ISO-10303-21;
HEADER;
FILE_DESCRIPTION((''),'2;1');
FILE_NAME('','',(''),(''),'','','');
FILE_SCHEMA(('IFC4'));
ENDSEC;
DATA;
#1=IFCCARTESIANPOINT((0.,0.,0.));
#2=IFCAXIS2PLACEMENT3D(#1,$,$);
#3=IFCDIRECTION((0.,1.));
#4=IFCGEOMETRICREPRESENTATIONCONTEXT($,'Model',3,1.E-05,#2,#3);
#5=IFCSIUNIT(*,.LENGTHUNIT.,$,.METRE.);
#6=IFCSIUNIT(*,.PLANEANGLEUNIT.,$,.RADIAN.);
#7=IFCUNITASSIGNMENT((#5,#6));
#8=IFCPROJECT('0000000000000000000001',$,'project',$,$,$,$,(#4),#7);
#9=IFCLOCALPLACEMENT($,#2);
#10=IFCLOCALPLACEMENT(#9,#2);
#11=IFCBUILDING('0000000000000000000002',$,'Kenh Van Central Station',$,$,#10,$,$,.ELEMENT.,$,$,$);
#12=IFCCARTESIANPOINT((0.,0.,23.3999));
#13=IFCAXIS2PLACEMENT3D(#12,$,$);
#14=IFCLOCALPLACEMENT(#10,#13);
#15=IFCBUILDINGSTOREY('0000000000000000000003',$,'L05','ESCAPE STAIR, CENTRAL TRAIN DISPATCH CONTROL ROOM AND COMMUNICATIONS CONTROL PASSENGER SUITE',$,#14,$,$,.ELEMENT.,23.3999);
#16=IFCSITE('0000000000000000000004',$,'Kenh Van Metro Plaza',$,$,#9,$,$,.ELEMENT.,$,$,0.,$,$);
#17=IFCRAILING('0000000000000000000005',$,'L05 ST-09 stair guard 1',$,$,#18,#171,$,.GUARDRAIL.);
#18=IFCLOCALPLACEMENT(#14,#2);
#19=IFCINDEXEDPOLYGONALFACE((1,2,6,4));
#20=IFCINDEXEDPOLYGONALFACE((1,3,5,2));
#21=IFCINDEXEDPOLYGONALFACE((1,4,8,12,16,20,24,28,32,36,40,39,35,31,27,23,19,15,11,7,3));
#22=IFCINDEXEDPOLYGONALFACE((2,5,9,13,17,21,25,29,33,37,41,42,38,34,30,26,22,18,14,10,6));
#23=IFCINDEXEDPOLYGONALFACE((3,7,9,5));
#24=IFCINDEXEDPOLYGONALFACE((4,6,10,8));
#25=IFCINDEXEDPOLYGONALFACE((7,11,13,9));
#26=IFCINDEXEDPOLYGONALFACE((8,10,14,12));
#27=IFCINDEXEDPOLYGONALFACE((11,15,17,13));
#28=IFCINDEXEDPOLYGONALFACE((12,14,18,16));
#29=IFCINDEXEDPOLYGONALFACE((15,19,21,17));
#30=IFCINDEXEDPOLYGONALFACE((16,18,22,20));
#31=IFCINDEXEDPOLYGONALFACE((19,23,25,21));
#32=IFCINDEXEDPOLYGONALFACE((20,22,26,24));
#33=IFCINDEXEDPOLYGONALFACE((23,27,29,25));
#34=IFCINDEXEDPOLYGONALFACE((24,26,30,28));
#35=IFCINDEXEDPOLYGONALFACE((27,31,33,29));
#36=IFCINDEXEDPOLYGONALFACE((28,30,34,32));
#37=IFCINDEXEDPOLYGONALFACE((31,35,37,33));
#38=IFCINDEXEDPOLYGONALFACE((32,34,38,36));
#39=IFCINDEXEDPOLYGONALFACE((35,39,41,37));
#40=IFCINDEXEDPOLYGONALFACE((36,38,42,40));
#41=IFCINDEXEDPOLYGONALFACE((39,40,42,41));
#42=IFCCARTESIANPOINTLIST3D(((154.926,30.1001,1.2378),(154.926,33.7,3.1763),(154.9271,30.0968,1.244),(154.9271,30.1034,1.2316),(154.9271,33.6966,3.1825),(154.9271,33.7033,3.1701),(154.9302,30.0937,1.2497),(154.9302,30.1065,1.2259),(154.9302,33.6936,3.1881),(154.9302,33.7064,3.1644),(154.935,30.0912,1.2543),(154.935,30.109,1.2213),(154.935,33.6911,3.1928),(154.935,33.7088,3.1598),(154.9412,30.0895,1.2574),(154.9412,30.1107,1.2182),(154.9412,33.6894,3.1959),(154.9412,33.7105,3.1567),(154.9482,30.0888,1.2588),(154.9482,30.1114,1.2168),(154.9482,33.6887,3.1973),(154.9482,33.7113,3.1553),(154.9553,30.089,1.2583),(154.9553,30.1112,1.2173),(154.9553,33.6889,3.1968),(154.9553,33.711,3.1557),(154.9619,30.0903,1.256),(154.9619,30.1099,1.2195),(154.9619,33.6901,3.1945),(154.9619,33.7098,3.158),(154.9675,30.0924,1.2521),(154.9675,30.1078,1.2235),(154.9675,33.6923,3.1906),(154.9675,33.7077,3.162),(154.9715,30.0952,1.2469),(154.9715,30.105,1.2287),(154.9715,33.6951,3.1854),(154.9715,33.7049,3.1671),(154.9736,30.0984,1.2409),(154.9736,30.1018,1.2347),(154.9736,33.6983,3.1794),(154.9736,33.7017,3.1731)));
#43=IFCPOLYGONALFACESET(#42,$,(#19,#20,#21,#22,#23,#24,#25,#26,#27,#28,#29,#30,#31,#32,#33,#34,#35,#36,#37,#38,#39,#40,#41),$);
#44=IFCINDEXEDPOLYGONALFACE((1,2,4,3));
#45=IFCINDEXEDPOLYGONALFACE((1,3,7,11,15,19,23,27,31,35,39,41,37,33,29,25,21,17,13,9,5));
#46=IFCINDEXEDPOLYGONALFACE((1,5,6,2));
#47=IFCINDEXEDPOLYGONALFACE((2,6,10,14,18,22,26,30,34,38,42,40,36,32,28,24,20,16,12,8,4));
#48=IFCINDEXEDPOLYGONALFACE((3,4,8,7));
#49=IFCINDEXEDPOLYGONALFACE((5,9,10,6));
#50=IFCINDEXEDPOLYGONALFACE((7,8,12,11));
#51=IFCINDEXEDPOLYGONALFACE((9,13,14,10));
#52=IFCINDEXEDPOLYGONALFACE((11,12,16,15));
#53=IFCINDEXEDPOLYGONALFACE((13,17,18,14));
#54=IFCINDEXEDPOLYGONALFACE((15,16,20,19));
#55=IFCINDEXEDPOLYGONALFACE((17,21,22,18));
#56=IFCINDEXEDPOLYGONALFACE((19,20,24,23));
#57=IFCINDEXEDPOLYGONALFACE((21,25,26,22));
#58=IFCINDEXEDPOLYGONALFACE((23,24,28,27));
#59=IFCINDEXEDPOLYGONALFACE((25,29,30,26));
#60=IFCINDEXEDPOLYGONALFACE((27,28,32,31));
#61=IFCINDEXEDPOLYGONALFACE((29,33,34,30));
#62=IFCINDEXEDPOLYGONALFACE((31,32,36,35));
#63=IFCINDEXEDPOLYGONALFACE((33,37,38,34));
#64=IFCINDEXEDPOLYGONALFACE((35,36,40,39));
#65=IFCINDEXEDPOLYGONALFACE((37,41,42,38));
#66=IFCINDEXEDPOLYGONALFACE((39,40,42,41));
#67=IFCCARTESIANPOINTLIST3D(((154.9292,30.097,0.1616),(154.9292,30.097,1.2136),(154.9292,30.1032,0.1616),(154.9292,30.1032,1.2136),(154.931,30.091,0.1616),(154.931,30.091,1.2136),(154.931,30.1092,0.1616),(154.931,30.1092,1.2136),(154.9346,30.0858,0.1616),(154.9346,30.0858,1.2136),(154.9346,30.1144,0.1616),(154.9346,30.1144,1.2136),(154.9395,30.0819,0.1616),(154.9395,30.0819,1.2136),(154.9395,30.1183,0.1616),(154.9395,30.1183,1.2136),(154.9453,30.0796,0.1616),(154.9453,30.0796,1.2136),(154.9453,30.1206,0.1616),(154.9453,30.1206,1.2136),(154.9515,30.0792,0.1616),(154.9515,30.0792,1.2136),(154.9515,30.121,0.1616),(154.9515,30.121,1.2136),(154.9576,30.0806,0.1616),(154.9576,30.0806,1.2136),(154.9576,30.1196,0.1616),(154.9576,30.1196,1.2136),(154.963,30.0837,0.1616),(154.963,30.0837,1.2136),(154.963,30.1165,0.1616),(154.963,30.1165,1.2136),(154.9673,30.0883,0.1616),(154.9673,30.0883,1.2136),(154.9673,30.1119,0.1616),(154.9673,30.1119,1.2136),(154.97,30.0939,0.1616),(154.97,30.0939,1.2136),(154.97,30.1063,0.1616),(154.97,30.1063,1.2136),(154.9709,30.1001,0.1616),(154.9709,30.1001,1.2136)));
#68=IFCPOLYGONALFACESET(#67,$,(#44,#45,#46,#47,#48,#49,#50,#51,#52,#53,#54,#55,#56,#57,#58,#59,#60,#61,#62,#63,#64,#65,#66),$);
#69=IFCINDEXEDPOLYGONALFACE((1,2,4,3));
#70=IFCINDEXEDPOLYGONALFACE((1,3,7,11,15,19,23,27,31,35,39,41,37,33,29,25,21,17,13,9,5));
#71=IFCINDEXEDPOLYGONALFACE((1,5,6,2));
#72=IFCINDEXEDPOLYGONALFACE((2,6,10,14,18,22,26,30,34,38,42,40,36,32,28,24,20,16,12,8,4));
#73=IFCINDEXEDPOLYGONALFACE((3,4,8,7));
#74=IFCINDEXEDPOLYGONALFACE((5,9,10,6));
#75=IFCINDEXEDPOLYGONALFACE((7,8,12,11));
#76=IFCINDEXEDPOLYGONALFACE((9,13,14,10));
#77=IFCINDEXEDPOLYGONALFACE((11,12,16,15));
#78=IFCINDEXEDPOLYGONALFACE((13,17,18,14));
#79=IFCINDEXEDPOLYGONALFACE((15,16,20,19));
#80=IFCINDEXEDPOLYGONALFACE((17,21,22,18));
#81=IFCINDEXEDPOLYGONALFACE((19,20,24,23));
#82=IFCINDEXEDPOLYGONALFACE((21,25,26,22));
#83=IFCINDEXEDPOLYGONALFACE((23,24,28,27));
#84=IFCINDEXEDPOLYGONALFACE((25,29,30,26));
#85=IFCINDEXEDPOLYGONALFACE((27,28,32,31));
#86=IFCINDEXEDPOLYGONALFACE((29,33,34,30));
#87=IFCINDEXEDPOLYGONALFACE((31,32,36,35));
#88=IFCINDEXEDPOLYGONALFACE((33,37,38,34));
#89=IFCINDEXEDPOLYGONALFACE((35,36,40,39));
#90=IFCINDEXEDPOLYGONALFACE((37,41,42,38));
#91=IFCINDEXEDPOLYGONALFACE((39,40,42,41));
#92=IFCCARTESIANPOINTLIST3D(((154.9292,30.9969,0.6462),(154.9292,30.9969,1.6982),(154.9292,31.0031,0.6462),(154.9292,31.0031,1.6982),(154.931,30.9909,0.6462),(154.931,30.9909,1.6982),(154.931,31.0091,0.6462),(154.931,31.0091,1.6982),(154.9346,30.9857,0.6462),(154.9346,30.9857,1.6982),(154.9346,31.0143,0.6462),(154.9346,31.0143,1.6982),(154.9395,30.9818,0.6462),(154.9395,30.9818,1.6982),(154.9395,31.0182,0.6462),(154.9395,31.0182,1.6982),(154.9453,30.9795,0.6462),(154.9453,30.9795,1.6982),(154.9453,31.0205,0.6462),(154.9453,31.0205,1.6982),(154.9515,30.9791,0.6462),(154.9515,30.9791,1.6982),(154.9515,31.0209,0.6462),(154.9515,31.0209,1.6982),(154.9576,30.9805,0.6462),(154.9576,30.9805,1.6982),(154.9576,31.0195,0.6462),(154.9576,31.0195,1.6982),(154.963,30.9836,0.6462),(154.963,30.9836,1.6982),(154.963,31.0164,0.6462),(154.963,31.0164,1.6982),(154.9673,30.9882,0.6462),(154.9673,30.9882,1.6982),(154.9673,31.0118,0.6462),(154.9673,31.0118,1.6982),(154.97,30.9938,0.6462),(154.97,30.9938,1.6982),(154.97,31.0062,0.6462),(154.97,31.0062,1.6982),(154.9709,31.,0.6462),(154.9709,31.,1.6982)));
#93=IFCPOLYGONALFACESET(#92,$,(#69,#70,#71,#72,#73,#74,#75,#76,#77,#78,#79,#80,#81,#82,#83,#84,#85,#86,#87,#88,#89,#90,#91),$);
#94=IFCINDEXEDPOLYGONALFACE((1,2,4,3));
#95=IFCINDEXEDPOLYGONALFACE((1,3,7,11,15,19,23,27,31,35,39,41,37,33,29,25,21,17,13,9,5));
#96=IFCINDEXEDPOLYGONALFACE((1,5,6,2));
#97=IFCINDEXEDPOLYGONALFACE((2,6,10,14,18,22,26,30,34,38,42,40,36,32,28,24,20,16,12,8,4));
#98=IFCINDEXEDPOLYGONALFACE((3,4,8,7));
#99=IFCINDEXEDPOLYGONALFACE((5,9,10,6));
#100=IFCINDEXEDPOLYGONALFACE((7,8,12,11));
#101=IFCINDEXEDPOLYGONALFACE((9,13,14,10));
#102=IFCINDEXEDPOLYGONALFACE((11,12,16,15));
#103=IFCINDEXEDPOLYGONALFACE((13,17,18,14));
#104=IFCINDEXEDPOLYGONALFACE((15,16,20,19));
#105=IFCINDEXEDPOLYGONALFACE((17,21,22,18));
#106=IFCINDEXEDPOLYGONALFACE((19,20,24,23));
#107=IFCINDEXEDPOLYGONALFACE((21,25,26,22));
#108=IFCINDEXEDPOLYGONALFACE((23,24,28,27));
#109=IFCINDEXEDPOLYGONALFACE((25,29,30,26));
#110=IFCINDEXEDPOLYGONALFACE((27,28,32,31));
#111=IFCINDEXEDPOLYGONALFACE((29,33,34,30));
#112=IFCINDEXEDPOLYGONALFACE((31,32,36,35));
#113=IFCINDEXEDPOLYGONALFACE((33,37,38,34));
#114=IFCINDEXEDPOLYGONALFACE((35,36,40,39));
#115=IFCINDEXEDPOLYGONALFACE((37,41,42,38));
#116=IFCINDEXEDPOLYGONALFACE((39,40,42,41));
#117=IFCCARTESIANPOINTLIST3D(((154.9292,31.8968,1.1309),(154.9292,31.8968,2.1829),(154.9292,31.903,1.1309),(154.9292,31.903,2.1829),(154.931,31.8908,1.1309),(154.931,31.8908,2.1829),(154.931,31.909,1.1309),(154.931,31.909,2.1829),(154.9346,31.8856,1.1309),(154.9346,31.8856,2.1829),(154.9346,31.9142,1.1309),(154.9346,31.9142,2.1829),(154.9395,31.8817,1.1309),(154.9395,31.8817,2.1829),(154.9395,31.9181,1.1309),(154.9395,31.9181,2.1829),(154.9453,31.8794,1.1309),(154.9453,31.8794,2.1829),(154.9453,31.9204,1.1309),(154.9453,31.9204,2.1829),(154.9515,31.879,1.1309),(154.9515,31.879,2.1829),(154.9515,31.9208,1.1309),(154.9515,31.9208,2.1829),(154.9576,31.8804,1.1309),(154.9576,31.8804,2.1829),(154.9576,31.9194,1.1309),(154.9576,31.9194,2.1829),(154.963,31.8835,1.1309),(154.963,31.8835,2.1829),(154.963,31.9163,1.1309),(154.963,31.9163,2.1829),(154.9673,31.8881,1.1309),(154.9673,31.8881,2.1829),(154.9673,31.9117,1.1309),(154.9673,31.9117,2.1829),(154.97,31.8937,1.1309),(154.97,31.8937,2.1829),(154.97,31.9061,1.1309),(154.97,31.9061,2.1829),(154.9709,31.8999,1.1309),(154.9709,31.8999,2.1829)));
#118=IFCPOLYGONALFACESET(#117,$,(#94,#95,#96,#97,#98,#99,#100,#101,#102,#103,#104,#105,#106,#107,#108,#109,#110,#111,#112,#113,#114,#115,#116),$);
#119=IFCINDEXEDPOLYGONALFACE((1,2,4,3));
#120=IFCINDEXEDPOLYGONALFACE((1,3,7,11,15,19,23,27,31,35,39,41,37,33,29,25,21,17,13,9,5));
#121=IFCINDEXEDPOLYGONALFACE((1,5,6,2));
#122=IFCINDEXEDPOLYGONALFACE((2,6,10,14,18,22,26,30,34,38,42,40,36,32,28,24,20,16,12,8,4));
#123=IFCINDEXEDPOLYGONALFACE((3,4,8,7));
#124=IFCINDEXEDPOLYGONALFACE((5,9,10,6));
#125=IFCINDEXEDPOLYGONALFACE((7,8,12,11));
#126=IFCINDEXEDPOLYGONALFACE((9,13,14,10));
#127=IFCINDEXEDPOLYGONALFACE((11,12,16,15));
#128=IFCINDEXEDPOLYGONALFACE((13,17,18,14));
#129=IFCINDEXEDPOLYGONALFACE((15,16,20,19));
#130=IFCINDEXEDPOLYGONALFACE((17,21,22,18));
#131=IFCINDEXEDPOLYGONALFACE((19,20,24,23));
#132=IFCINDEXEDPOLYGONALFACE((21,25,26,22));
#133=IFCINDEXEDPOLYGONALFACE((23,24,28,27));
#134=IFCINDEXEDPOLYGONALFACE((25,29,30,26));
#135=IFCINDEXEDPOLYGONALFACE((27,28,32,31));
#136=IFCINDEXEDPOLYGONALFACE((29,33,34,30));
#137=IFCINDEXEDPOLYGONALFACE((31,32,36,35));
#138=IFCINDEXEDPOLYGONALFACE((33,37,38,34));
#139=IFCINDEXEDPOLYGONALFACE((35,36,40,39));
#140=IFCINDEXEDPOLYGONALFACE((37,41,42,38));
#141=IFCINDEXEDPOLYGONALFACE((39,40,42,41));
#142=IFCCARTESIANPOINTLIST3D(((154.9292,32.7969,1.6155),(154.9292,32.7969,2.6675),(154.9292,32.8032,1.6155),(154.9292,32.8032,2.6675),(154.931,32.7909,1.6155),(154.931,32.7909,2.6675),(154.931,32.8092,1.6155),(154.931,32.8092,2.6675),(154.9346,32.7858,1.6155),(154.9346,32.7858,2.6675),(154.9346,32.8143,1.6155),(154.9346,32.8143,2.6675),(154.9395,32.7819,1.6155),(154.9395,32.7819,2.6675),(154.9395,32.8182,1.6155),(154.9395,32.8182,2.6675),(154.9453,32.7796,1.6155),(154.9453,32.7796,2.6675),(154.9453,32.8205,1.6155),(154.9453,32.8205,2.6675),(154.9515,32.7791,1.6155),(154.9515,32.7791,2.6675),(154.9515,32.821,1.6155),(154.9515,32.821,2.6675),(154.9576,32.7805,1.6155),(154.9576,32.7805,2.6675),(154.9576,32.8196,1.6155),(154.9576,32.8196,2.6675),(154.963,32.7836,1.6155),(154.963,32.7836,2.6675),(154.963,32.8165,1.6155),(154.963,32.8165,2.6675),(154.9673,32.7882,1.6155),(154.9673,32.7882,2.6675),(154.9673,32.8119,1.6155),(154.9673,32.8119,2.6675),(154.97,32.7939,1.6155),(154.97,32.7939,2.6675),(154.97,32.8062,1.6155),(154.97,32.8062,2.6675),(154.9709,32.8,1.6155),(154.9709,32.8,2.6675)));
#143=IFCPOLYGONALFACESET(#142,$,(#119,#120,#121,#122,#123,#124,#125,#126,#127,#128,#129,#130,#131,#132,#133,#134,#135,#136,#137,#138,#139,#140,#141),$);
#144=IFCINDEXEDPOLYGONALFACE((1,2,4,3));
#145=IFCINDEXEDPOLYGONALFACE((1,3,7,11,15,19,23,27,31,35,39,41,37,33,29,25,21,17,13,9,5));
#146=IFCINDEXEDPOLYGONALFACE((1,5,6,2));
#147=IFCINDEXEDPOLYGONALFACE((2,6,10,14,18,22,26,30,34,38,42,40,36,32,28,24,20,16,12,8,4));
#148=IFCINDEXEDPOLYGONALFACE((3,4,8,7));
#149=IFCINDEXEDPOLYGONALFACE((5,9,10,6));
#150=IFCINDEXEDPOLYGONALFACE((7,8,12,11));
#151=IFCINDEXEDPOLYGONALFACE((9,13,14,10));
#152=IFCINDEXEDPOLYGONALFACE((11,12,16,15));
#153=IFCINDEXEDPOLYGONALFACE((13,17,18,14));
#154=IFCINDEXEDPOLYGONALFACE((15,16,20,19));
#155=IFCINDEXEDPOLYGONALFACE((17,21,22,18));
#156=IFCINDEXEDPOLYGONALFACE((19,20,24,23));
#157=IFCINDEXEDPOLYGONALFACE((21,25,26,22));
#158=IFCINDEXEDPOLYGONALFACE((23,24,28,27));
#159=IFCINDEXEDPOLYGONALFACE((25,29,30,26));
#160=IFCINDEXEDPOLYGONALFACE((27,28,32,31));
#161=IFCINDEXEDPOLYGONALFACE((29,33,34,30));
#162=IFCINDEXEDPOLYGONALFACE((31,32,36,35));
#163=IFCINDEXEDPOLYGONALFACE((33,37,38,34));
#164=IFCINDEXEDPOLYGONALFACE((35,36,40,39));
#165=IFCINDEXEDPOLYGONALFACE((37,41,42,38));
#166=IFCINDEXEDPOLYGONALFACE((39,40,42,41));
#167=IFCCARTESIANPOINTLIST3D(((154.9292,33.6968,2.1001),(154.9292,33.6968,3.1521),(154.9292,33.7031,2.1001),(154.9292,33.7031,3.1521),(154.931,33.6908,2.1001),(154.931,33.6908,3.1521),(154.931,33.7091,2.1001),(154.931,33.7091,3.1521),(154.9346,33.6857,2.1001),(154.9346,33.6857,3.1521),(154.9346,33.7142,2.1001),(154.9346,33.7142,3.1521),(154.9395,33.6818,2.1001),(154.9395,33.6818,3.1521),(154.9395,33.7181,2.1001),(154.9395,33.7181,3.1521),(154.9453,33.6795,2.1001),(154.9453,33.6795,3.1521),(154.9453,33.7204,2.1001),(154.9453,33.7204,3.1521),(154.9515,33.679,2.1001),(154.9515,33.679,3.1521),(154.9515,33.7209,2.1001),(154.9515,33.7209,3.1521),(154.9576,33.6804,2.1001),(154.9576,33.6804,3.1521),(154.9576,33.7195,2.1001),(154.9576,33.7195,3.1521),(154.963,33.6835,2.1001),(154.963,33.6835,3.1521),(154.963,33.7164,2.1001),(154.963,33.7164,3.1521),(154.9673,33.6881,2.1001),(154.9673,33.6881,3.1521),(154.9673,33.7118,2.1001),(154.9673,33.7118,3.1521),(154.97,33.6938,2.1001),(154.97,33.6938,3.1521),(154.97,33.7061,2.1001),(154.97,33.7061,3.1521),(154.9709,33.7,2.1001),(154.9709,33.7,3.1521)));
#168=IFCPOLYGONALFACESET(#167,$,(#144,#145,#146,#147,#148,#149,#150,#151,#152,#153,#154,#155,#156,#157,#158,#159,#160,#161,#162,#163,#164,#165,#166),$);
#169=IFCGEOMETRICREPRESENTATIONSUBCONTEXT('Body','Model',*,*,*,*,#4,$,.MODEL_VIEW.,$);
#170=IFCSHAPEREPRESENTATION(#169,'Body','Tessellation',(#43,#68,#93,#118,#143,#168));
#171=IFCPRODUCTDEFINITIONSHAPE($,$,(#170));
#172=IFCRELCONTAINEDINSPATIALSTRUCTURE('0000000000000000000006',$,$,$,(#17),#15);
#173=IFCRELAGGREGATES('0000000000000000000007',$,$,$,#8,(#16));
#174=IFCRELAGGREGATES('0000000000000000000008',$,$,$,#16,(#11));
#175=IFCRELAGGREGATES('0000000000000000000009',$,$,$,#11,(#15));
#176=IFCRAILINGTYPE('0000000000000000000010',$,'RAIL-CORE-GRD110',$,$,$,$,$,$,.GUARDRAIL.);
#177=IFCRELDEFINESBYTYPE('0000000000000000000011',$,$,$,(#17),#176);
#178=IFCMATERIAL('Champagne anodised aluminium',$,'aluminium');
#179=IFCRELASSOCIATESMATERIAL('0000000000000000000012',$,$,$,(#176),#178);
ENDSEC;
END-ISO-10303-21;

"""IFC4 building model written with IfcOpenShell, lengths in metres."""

from ifc_helpers import new_model, si_unit, direction, frame, origin, origin_2d, place, context, subcontext, project, spatial, circle, extrude, material, type_object, element, save


model = new_model("IFC4")

# Units and contexts
model_context = context("Model", 3, precision=1e-05, world=origin(), true_north=direction((0.0, 1.0)))
body_context = subcontext(model_context, "Body", "Model", "MODEL_VIEW")
ifc_project = project(units=[si_unit("LENGTHUNIT", "METRE"), si_unit("PLANEANGLEUNIT", "RADIAN")], contexts=[model_context])

# Site, building, storey
site_placement = place(None, origin())
site = spatial("IfcSite", under=ifc_project, at=site_placement, Name="Kenh Van Metro Plaza", CompositionType="ELEMENT", RefElevation=0.0)
building_placement = place(site_placement, origin())
building = spatial("IfcBuilding", under=site, at=building_placement, Name="Kenh Van Central Station", CompositionType="ELEMENT")
storey_placement = place(building_placement, frame((0.0, 0.0, 23.3999)))
storey = spatial("IfcBuildingStorey", under=building, at=storey_placement, Name="L05", Description="ESCAPE STAIR, CENTRAL TRAIN DISPATCH CONTROL ROOM AND COMMUNICATIONS CONTROL PASSENGER SUITE", CompositionType="ELEMENT", Elevation=23.3999)

# Shared definitions
ifc_material_1 = material(Name="Champagne anodised aluminium", Category="aluminium")

# Railing
railing_type_1 = type_object("IfcRailingType", Name="RAIL-CORE-GRD110", PredefinedType="GUARDRAIL", material=ifc_material_1)
railing_1_placement = place(storey_placement, frame((154.95, 30.1001, 0.1616)))
element("IfcRailing", 1, at=railing_1_placement, inside=storey, type_object=railing_type_1, Name="L05 ST-09 stair guard 1", PredefinedType="GUARDRAIL", context=body_context, shape_type="SweptSolid", body=[
    extrude(circle(Radius=0.0239, at=origin_2d()), frame((0.0, 0.0, 1.0762), z_axis=(0.0, 0.880462, 0.474118), x_axis=(-1.0, 0.0, 0.0)), (0.0, 0.0, 1.0), 4.0886),
    extrude(circle(Radius=0.021, at=origin_2d()), origin(), (0.0, 0.0, 1.0), 1.052),
    extrude(circle(Radius=0.021, at=origin_2d()), frame((0.0, 0.8999, 0.4846)), (0.0, 0.0, 1.0), 1.052),
    extrude(circle(Radius=0.021, at=origin_2d()), frame((0.0, 1.7998, 0.9692)), (0.0, 0.0, 1.0), 1.052),
    extrude(circle(Radius=0.021, at=origin_2d()), frame((0.0, 2.7, 1.4539)), (0.0, 0.0, 1.0), 1.052),
    extrude(circle(Radius=0.021, at=origin_2d()), frame((0.0, 3.5999, 1.9385)), (0.0, 0.0, 1.0), 1.052),
])

save(model, "model.ifc")
